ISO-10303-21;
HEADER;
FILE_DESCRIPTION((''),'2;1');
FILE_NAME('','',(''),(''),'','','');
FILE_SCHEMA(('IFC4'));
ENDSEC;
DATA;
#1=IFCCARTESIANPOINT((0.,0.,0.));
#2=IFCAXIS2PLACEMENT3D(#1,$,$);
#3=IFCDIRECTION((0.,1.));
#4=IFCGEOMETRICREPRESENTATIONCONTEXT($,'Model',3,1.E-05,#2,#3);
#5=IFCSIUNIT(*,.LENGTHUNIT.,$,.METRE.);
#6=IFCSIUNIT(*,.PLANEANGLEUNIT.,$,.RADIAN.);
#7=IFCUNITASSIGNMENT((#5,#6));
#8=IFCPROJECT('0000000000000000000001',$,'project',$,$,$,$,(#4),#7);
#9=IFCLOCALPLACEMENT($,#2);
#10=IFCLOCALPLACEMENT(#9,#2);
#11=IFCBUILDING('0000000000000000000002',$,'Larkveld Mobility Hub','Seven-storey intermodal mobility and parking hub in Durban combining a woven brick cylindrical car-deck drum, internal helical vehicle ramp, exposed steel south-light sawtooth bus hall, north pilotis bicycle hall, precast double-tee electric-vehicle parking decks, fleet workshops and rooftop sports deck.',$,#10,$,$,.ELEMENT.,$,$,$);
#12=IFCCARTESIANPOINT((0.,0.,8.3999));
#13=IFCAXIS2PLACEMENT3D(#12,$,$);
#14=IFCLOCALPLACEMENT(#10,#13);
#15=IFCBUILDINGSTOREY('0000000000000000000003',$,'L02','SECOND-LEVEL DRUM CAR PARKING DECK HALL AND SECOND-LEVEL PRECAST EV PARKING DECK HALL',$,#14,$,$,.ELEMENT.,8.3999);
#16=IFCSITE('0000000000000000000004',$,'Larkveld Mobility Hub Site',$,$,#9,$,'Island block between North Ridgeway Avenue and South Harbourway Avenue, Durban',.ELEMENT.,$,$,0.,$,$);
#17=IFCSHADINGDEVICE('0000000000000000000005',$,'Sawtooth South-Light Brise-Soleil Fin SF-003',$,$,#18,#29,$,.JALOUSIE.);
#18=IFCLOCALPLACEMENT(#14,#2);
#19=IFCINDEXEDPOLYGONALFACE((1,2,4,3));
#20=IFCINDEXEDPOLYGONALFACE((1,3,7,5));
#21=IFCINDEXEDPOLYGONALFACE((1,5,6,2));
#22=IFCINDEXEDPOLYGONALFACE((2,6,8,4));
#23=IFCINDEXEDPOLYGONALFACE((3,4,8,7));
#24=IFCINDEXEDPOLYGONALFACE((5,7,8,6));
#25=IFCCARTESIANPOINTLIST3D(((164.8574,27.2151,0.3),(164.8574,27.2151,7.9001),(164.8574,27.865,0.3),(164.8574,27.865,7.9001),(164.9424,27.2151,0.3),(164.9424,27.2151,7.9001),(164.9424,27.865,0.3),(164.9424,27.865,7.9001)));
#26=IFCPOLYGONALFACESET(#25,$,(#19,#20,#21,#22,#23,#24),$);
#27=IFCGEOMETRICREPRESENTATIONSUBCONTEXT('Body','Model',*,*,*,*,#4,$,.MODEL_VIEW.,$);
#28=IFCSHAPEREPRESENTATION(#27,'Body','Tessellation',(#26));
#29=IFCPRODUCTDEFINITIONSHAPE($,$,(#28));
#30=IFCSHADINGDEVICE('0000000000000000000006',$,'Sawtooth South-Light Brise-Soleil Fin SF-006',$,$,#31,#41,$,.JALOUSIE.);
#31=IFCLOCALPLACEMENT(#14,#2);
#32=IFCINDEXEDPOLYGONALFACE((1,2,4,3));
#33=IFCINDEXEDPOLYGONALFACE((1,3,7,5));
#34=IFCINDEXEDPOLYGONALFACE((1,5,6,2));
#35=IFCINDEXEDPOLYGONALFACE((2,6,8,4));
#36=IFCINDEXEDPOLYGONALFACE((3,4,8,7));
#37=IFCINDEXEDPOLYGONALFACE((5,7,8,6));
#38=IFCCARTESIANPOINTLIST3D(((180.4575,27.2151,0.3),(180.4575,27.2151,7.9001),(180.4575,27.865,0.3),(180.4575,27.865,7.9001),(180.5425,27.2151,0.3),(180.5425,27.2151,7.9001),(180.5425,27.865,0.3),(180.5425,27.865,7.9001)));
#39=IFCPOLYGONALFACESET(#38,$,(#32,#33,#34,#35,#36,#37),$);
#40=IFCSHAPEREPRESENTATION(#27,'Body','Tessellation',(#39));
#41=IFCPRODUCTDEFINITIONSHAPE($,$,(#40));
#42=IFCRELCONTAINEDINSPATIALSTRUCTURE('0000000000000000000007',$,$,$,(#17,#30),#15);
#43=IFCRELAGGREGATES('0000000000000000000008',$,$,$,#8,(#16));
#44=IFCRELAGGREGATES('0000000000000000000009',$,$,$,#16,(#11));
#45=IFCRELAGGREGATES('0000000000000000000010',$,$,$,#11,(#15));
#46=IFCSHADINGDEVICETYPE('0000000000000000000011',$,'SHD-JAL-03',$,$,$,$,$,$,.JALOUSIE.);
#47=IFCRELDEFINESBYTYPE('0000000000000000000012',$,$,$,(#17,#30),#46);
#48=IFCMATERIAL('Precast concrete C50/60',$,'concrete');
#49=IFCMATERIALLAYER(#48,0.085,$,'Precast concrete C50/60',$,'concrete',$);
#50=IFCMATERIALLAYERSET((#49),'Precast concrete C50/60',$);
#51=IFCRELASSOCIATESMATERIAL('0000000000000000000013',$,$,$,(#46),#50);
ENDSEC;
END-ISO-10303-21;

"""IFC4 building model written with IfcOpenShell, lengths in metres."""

from ifc_helpers import new_model, si_unit, direction, frame, origin, origin_2d, place, context, subcontext, project, spatial, rectangle, extrude, material, layer, layer_set, type_object, element, save


model = new_model("IFC4")

# Units and contexts
model_context = context("Model", 3, precision=1e-05, world=origin(), true_north=direction((0.0, 1.0)))
body_context = subcontext(model_context, "Body", "Model", "MODEL_VIEW")
ifc_project = project(units=[si_unit("LENGTHUNIT", "METRE"), si_unit("PLANEANGLEUNIT", "RADIAN")], contexts=[model_context])

# Site, building, storey
site_placement = place(None, origin())
site = spatial("IfcSite", under=ifc_project, at=site_placement, Name="Larkveld Mobility Hub Site", LongName="Island block between North Ridgeway Avenue and South Harbourway Avenue, Durban", CompositionType="ELEMENT", RefElevation=0.0)
building_placement = place(site_placement, origin())
building = spatial("IfcBuilding", under=site, at=building_placement, Name="Larkveld Mobility Hub", Description="Seven-storey intermodal mobility and parking hub in Durban combining a woven brick cylindrical car-deck drum, internal helical vehicle ramp, exposed steel south-light sawtooth bus hall, north pilotis bicycle hall, precast double-tee electric-vehicle parking decks, fleet workshops and rooftop sports deck.", CompositionType="ELEMENT")
storey_placement = place(building_placement, frame((0.0, 0.0, 8.3999)))
storey = spatial("IfcBuildingStorey", under=building, at=storey_placement, Name="L02", Description="SECOND-LEVEL DRUM CAR PARKING DECK HALL AND SECOND-LEVEL PRECAST EV PARKING DECK HALL", CompositionType="ELEMENT", Elevation=8.3999)

# Shared definitions
ifc_material_1 = material(Name="Precast concrete C50/60", Category="concrete")

# Shading devices
ifc_layer_1 = layer(ifc_material_1, 0.085, Name="Precast concrete C50/60", Category="concrete")
ifc_layer_set_1 = layer_set([ifc_layer_1], Name="Precast concrete C50/60")
shading_device_type_1 = type_object("IfcShadingDeviceType", Name="SHD-JAL-03", PredefinedType="JALOUSIE", material=ifc_layer_set_1)
for number, where, z_axis, x_axis, name in (
    (1, (164.8999, 27.54, 0.3), (0.0, 0.0, 1.0), (1.0, 0.0, 0.0), "Sawtooth South-Light Brise-Soleil Fin SF-003"),
    (2, (180.5, 27.54, 0.3), (0.0, 0.0, 1.0), (1.0, 0.0, 0.0), "Sawtooth South-Light Brise-Soleil Fin SF-006"),
):
    element("IfcShadingDevice", number, at=place(storey_placement, frame(where, z_axis=z_axis, x_axis=x_axis)), inside=storey, type_object=shading_device_type_1, Name=name, PredefinedType="JALOUSIE", context=body_context, shape_type="SweptSolid", body=[
        extrude(rectangle(XDim=0.085, YDim=0.6499, at=origin_2d()), origin(), (0.0, 0.0, 1.0), 7.6001),
    ])

save(model, "model.ifc")
